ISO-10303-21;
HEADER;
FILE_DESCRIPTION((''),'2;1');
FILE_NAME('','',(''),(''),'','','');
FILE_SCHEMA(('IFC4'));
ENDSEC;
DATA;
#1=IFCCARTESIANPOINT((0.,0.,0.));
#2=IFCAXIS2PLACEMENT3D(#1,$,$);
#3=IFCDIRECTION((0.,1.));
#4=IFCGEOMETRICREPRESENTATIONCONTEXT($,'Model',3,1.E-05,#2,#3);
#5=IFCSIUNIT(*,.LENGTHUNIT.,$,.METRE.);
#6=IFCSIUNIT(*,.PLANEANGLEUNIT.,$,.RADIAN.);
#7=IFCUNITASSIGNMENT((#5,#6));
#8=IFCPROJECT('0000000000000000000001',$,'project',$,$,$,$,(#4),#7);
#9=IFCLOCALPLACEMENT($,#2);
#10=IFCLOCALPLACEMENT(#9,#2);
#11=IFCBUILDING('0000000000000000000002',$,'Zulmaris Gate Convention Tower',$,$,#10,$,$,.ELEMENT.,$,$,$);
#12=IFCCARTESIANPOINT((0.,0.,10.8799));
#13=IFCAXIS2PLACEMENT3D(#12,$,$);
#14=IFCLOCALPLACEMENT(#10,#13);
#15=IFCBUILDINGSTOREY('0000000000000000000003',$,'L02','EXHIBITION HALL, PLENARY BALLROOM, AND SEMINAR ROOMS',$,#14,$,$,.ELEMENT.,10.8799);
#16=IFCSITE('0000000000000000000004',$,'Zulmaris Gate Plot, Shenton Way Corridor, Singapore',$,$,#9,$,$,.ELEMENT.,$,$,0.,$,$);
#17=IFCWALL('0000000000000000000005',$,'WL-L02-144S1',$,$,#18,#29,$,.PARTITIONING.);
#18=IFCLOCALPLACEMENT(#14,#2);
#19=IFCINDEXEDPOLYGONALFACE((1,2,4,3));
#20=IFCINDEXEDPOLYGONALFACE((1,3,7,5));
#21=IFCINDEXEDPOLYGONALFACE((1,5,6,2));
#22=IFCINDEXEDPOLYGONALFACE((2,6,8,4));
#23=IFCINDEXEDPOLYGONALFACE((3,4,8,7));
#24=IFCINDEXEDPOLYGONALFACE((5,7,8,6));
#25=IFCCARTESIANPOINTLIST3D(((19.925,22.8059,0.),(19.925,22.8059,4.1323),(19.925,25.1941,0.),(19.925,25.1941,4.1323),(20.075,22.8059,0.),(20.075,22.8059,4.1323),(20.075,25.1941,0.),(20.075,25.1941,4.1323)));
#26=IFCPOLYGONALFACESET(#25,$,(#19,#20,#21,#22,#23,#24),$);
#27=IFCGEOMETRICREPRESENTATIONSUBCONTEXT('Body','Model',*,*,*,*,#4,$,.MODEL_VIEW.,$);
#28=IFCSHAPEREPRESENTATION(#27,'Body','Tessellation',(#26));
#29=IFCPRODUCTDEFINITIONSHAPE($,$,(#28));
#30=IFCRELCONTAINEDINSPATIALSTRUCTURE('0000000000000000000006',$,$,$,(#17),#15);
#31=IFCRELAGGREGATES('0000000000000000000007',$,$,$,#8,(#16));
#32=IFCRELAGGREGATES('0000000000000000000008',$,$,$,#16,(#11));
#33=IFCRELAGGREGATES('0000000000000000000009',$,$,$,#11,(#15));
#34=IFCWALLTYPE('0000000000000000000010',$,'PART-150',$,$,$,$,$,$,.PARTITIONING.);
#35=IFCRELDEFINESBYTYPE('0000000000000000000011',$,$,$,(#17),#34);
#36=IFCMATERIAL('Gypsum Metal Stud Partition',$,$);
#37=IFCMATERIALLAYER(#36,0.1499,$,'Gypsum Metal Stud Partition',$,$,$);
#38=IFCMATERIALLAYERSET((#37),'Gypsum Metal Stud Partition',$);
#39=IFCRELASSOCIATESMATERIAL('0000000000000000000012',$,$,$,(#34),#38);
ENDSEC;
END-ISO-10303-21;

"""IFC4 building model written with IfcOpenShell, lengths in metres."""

from ifc_helpers import new_model, si_unit, direction, frame, frame_2d, origin, place, context, subcontext, project, spatial, rectangle, extrude, material, layer, layer_set, type_object, element, save


model = new_model("IFC4")

# Units and contexts
model_context = context("Model", 3, precision=1e-05, world=origin(), true_north=direction((0.0, 1.0)))
body_context = subcontext(model_context, "Body", "Model", "MODEL_VIEW")
ifc_project = project(units=[si_unit("LENGTHUNIT", "METRE"), si_unit("PLANEANGLEUNIT", "RADIAN")], contexts=[model_context])

# Site, building, storey
site_placement = place(None, origin())
site = spatial("IfcSite", under=ifc_project, at=site_placement, Name="Zulmaris Gate Plot, Shenton Way Corridor, Singapore", CompositionType="ELEMENT", RefElevation=0.0)
building_placement = place(site_placement, origin())
building = spatial("IfcBuilding", under=site, at=building_placement, Name="Zulmaris Gate Convention Tower", CompositionType="ELEMENT")
storey_placement = place(building_placement, frame((0.0, 0.0, 10.8799)))
storey = spatial("IfcBuildingStorey", under=building, at=storey_placement, Name="L02", Description="EXHIBITION HALL, PLENARY BALLROOM, AND SEMINAR ROOMS", CompositionType="ELEMENT", Elevation=10.8799)

# Wall
ifc_material_1 = material(Name="Gypsum Metal Stud Partition")
ifc_layer_1 = layer(ifc_material_1, 0.1499, Name="Gypsum Metal Stud Partition")
ifc_layer_set_1 = layer_set([ifc_layer_1], Name="Gypsum Metal Stud Partition")
wall_type = type_object("IfcWallType", Name="PART-150", PredefinedType="PARTITIONING", material=ifc_layer_set_1)
wall_placement = place(storey_placement, frame((20.0, 22.8059, 0.0), z_axis=(0.0, 0.0, 1.0), x_axis=(0.0, 1.0, 0.0)))
element("IfcWall", 1, at=wall_placement, inside=storey, type_object=wall_type, Name="WL-L02-144S1", PredefinedType="PARTITIONING", context=body_context, shape_type="SweptSolid", body=[
    extrude(rectangle(XDim=2.3882, YDim=0.1499, at=frame_2d((1.1941, 0.0))), origin(), (0.0, 0.0, 1.0), 4.1323),
])

save(model, "model.ifc")
